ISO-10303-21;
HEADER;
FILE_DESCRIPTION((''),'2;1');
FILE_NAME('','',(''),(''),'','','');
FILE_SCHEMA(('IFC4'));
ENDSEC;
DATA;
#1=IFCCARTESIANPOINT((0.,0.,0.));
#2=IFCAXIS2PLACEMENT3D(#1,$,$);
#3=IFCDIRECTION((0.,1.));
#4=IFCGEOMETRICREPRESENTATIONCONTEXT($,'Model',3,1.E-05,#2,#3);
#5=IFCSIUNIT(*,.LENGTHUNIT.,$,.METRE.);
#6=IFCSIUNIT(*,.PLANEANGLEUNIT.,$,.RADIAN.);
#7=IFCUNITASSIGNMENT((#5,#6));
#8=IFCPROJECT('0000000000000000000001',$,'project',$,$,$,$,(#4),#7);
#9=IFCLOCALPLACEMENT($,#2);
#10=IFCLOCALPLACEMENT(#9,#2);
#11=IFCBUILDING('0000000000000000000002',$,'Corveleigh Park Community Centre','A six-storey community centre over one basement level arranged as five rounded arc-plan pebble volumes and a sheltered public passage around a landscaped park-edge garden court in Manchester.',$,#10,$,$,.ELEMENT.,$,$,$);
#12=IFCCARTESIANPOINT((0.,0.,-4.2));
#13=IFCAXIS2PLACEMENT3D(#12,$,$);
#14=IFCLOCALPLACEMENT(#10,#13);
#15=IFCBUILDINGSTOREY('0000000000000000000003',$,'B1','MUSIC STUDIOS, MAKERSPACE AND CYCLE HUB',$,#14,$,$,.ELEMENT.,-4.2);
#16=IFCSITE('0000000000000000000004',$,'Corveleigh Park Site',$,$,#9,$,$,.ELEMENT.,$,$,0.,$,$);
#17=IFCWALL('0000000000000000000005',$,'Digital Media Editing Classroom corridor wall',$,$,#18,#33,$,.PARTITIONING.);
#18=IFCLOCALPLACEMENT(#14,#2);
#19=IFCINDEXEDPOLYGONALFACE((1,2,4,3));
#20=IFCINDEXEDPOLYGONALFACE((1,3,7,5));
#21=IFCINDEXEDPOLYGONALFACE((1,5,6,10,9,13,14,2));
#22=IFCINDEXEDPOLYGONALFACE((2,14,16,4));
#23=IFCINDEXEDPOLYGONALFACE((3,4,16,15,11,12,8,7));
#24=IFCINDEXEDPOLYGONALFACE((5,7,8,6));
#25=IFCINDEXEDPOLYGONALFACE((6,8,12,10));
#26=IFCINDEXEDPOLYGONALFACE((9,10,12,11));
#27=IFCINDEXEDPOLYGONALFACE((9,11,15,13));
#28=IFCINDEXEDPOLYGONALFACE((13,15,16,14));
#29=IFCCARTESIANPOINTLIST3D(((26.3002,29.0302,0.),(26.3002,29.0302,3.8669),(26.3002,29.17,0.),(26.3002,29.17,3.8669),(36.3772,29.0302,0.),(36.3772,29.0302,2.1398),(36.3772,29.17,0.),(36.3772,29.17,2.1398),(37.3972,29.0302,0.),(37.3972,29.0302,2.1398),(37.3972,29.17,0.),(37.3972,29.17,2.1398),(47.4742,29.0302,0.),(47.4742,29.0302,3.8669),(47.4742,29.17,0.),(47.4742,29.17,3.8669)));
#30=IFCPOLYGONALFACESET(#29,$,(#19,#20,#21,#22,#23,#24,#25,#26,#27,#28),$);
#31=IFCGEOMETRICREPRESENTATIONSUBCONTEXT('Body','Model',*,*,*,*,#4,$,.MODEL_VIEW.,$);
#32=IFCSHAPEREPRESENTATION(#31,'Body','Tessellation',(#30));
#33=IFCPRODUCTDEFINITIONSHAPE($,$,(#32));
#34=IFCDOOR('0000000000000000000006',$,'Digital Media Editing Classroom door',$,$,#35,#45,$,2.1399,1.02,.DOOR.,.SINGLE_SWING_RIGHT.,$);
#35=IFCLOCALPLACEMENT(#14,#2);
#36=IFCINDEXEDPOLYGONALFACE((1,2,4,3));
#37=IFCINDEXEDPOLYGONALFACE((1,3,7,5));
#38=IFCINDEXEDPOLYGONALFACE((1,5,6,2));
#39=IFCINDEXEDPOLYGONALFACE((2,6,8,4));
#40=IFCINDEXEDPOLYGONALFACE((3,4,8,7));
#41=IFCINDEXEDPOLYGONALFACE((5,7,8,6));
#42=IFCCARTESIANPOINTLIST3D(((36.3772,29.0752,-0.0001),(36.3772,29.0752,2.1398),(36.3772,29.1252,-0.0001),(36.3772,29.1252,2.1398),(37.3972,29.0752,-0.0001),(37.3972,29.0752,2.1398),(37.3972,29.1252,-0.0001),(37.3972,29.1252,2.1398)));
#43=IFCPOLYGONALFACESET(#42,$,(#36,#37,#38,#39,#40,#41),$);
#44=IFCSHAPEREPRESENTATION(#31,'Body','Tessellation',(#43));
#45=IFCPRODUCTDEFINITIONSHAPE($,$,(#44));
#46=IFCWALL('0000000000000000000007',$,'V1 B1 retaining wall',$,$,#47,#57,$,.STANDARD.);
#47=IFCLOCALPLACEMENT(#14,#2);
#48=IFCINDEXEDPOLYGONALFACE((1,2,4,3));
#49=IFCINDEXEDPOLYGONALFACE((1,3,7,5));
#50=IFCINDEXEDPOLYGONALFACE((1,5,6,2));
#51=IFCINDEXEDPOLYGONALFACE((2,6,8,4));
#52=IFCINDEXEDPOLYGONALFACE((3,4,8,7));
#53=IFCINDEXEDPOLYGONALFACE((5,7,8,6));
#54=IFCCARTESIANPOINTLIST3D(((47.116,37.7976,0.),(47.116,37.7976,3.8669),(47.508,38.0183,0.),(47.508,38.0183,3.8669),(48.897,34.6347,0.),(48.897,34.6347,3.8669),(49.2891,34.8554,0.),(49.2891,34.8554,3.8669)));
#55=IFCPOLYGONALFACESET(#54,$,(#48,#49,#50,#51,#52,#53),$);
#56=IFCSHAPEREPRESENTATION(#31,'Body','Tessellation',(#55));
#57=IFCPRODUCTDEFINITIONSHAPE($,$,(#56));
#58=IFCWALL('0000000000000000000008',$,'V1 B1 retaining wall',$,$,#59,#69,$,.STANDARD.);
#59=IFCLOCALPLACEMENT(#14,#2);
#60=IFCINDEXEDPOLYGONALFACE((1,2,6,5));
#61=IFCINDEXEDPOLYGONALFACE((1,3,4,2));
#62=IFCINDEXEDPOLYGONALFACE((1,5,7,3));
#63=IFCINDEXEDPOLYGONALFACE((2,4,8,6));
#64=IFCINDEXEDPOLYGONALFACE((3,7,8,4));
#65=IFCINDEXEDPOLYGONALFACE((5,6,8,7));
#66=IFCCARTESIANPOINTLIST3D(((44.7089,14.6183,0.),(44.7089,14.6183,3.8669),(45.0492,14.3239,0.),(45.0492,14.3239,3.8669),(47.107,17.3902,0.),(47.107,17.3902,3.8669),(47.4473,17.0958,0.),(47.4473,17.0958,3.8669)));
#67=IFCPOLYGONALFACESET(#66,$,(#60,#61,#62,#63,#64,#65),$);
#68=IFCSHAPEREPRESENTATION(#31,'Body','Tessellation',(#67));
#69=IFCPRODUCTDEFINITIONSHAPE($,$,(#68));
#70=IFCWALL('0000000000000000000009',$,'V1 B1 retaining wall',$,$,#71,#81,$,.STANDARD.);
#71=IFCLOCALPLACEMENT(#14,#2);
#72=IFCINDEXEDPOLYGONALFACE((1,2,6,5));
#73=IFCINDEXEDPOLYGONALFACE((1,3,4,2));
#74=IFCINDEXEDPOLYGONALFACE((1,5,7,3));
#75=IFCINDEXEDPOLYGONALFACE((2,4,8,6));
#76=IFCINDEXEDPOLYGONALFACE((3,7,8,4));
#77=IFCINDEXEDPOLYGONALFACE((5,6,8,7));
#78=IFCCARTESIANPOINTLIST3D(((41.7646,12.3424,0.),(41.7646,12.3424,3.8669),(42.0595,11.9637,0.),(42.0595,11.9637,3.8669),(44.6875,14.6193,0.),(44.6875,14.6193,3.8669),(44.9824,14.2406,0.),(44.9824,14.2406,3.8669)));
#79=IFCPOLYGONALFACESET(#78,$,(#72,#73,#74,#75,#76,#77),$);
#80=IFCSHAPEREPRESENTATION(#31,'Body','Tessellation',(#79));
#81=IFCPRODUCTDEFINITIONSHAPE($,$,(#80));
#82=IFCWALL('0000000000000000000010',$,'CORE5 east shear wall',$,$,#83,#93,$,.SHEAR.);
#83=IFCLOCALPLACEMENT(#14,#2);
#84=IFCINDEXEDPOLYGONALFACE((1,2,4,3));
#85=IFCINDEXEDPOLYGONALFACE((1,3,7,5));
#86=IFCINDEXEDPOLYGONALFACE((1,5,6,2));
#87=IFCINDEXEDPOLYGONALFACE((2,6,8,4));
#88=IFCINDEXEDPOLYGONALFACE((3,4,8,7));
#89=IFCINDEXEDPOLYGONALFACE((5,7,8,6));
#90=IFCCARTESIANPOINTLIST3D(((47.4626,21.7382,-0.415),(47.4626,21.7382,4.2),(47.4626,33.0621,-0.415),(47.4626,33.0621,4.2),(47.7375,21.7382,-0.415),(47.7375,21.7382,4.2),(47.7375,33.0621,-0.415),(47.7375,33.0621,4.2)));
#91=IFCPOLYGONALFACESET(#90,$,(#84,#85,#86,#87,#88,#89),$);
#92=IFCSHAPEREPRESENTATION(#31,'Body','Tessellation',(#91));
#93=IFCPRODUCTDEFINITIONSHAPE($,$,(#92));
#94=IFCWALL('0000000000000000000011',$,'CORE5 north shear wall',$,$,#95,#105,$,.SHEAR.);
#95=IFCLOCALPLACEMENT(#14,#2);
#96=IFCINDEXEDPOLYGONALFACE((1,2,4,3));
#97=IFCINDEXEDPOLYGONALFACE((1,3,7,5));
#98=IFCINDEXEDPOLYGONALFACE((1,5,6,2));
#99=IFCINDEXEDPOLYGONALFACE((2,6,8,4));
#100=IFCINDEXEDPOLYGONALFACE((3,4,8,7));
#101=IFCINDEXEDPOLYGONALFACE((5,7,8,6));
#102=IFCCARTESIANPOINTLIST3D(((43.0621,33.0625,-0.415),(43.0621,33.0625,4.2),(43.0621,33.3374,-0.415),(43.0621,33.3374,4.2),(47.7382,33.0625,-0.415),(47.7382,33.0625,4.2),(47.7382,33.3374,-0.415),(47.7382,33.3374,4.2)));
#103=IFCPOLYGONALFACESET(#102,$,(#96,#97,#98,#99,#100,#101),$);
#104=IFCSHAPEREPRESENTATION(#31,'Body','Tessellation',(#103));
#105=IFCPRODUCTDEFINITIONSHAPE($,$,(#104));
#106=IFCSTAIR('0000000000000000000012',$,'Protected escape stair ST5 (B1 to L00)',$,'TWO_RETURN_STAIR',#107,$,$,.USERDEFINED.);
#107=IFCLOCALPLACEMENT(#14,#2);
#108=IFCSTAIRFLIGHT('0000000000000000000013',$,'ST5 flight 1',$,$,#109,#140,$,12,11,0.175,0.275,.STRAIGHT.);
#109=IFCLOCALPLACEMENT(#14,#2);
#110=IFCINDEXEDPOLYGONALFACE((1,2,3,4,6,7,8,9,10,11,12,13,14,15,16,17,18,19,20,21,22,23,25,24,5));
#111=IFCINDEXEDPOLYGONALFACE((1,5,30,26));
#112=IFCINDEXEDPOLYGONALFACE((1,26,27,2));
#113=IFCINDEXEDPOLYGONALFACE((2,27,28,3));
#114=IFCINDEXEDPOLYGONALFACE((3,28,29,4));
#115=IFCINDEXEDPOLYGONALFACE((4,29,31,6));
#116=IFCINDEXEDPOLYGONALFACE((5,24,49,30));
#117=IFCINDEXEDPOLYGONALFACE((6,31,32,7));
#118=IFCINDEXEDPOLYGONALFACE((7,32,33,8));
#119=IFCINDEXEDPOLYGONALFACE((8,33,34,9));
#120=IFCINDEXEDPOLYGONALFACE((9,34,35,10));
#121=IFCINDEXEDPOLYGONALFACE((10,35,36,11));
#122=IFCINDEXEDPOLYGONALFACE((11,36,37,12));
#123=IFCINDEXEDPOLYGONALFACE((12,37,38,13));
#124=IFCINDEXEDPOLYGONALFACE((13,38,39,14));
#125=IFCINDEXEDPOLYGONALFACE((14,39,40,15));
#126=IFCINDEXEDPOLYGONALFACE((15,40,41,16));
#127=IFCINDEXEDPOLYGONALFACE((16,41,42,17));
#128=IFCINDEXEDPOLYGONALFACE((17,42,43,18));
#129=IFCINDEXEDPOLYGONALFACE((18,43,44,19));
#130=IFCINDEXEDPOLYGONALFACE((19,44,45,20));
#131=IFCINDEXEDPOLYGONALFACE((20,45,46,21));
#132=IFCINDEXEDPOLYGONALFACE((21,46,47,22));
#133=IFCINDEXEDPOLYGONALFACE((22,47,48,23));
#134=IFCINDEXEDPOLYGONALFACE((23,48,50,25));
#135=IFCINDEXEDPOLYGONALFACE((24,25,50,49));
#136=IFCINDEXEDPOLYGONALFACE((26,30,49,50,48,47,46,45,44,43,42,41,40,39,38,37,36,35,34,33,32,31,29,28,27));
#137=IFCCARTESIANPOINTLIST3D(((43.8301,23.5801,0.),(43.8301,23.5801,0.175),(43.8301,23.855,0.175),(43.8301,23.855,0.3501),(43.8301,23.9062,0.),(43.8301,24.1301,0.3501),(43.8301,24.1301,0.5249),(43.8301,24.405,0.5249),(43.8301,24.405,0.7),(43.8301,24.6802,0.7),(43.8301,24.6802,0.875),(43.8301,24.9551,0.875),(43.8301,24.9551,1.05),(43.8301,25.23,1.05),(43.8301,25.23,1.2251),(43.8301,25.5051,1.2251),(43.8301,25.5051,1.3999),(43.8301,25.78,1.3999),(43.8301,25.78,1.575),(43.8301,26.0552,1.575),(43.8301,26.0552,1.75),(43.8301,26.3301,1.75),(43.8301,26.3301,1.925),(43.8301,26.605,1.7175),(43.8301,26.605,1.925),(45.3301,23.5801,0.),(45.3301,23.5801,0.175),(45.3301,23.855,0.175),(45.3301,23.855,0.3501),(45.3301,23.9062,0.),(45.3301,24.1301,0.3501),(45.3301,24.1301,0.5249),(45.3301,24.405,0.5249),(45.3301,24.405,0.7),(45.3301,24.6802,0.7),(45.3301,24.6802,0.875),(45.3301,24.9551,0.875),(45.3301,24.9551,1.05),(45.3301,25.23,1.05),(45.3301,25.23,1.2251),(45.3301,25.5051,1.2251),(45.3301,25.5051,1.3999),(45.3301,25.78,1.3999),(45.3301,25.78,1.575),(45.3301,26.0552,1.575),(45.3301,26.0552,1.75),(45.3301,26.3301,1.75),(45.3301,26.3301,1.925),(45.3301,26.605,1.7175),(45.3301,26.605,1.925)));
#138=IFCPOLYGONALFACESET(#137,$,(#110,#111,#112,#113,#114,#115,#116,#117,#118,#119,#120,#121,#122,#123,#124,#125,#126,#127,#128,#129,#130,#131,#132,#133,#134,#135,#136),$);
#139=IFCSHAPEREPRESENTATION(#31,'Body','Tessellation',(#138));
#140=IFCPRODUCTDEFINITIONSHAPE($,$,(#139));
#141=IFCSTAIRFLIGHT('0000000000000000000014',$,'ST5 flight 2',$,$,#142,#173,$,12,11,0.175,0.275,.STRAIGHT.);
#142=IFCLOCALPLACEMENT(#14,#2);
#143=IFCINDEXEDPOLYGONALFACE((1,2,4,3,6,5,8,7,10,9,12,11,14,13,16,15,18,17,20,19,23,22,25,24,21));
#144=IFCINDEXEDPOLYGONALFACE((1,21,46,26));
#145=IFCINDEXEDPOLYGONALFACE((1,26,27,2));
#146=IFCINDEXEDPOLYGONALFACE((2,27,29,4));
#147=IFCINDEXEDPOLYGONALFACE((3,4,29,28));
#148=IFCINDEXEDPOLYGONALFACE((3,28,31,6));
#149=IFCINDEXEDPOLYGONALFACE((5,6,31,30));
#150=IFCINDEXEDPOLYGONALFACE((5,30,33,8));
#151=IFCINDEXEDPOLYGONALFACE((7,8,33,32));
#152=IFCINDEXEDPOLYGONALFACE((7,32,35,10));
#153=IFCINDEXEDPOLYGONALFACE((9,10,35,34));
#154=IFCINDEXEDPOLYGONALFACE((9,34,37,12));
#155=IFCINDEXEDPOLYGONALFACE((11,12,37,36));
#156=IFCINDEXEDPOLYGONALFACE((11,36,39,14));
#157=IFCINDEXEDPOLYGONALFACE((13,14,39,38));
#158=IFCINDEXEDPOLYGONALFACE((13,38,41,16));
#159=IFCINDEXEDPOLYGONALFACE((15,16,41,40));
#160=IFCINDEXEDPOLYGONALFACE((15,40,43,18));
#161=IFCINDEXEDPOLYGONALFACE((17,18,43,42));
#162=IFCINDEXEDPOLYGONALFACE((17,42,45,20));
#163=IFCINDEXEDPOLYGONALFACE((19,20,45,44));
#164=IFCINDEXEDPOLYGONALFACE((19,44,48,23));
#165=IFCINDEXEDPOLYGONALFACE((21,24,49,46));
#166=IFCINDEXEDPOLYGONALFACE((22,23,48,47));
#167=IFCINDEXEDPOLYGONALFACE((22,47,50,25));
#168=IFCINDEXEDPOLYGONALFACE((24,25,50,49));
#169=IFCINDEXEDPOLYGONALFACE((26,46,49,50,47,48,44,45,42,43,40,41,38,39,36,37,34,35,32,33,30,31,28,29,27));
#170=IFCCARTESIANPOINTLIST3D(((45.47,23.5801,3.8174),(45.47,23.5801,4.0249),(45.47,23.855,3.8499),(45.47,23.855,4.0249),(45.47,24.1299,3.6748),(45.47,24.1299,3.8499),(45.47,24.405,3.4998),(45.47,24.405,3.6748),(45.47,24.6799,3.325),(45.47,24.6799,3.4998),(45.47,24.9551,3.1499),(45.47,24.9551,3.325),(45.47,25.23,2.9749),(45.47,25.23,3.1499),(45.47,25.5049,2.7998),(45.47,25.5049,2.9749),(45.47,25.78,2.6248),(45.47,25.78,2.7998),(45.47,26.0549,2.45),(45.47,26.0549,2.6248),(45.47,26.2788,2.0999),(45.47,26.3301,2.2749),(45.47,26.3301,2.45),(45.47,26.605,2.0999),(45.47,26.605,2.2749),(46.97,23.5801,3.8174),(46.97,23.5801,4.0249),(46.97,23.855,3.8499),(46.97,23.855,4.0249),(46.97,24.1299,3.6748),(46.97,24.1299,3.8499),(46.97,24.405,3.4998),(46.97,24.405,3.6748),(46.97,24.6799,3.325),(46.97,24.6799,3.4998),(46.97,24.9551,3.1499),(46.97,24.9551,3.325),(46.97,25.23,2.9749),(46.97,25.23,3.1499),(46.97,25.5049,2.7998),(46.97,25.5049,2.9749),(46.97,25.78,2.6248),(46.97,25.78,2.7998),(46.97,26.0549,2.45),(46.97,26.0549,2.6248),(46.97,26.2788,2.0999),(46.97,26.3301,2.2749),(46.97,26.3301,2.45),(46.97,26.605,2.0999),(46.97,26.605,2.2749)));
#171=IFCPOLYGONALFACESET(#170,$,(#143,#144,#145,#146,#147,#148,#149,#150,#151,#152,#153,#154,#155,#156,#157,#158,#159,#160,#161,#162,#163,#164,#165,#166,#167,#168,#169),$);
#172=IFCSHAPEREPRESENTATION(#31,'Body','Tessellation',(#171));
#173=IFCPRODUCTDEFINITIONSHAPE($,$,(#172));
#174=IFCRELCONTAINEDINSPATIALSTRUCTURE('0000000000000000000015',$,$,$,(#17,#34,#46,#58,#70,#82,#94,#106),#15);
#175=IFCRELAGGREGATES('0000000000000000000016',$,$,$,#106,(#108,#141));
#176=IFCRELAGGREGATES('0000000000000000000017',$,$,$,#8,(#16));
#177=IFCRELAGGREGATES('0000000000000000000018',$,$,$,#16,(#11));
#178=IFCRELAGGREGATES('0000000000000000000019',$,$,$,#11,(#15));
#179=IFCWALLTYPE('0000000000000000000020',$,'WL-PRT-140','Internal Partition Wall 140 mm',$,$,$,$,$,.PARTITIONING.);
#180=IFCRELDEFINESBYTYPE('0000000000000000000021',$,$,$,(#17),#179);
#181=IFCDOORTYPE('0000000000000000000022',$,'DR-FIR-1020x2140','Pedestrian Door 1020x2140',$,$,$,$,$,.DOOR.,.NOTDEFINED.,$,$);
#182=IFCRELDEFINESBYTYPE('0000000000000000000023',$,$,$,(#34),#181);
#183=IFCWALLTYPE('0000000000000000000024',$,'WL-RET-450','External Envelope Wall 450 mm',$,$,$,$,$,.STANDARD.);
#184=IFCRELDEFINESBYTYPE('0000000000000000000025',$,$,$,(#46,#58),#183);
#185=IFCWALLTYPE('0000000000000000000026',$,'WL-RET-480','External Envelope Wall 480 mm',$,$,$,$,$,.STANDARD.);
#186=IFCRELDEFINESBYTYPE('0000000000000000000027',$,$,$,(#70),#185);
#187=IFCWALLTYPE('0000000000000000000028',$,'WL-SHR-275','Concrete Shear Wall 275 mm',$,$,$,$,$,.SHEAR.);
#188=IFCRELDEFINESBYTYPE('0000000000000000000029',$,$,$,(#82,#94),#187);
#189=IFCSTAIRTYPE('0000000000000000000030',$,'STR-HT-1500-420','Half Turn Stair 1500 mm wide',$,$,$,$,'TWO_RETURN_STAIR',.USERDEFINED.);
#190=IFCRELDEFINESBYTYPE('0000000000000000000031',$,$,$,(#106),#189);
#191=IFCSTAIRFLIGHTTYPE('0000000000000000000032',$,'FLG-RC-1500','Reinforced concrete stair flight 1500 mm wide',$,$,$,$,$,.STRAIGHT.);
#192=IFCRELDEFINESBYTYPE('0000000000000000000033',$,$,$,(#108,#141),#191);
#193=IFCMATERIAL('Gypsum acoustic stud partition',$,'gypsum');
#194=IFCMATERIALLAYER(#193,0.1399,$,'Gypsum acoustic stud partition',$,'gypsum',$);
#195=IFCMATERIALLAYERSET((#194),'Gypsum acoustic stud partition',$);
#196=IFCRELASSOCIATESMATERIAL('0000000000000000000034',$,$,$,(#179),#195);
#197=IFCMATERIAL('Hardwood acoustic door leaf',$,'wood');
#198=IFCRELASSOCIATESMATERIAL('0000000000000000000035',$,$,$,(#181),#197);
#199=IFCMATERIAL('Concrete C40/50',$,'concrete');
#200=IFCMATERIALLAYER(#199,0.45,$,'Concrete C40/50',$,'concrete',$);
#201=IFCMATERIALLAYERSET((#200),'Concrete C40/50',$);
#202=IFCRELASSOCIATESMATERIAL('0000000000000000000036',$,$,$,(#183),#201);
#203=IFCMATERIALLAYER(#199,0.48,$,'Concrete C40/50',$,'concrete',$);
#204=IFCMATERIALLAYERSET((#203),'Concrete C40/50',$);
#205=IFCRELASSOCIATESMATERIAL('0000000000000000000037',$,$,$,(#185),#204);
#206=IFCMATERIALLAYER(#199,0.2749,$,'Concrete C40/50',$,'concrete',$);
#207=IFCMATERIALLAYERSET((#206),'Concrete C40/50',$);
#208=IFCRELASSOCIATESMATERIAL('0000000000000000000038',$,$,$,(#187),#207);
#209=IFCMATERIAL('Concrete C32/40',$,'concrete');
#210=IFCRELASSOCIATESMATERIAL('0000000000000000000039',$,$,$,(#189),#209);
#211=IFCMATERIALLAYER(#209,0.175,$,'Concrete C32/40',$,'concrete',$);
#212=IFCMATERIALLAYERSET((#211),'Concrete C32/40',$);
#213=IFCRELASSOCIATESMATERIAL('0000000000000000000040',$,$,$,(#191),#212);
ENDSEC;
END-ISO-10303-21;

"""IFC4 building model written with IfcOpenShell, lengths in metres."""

from ifc_helpers import new_model, si_unit, direction, frame, frame_2d, origin, place, context, subcontext, project, spatial, polyline, rectangle, outline, extrude, material, layer, layer_set, type_object, element, fill, aggregate, save


model = new_model("IFC4")

# Units and contexts
model_context = context("Model", 3, precision=1e-05, world=origin(), true_north=direction((0.0, 1.0)))
body_context = subcontext(model_context, "Body", "Model", "MODEL_VIEW")
ifc_project = project(units=[si_unit("LENGTHUNIT", "METRE"), si_unit("PLANEANGLEUNIT", "RADIAN")], contexts=[model_context])

# Site, building, storey
site_placement = place(None, origin())
site = spatial("IfcSite", under=ifc_project, at=site_placement, Name="Corveleigh Park Site", CompositionType="ELEMENT", RefElevation=0.0)
building_placement = place(site_placement, origin())
building = spatial("IfcBuilding", under=site, at=building_placement, Name="Corveleigh Park Community Centre", Description="A six-storey community centre over one basement level arranged as five rounded arc-plan pebble volumes and a sheltered public passage around a landscaped park-edge garden court in Manchester.", CompositionType="ELEMENT")
storey_placement = place(building_placement, frame((0.0, 0.0, -4.2)))
storey = spatial("IfcBuildingStorey", under=building, at=storey_placement, Name="B1", Description="MUSIC STUDIOS, MAKERSPACE AND CYCLE HUB", CompositionType="ELEMENT", Elevation=-4.2)

# Shared definitions
ifc_material_1 = material(Name="Concrete C40/50", Category="concrete")

# Shared definitions
ifc_material_2 = material(Name="Concrete C32/40", Category="concrete")

# Wall, opening, door
ifc_material_3 = material(Name="Gypsum acoustic stud partition", Category="gypsum")
ifc_layer_1 = layer(ifc_material_3, 0.1399, Name="Gypsum acoustic stud partition", Category="gypsum")
ifc_layer_set_1 = layer_set([ifc_layer_1], Name="Gypsum acoustic stud partition")
wall_type_1 = type_object("IfcWallType", Name="WL-PRT-140", Description="Internal Partition Wall 140 mm", PredefinedType="PARTITIONING", material=ifc_layer_set_1)
wall_1_placement = place(storey_placement, frame((47.4741, 29.1001, 0.0), z_axis=(0.0, 0.0, 1.0), x_axis=(-1.0, 0.0, 0.0)))
wall_1 = element("IfcWall", 1, at=wall_1_placement, inside=storey, type_object=wall_type_1, Name="Digital Media Editing Classroom corridor wall", PredefinedType="PARTITIONING", context=body_context, shape_type="SweptSolid", body=[
    extrude(rectangle(XDim=21.1741, YDim=0.1399, at=frame_2d((10.5869, 0.0))), origin(), (0.0, 0.0, 1.0), 3.8669),
])
opening_placement = place(wall_1_placement, frame((10.0769, 0.0, 0.0)))
opening = element("IfcOpeningElement", 2, at=opening_placement, cuts=wall_1, PredefinedType="OPENING", context=body_context, shape_type="SweptSolid", body=[
    extrude(rectangle(XDim=1.02, YDim=2.1399, at=frame_2d((0.51, 1.0698))), frame((0.0, 0.0798, 0.0), z_axis=(0.0, -1.0, 0.0), x_axis=(1.0, 0.0, 0.0)), (0.0, 0.0, 1.0), 0.1599),
])
ifc_material_4 = material(Name="Hardwood acoustic door leaf", Category="wood")
door_type = type_object("IfcDoorType", Name="DR-FIR-1020x2140", Description="Pedestrian Door 1020x2140", OperationType="NOTDEFINED", PredefinedType="DOOR", material=ifc_material_4)
door_placement = place(opening_placement, origin())
door = element("IfcDoor", 3, at=door_placement, inside=storey, type_object=door_type, Name="Digital Media Editing Classroom door", OperationType="SINGLE_SWING_RIGHT", OverallHeight=2.1399, OverallWidth=1.02, PredefinedType="DOOR", context=body_context, shape_type="SweptSolid", body=[
    extrude(rectangle(XDim=1.02, YDim=2.1399, at=frame_2d((0.51, 1.0698))), frame((0.0, 0.0249, 0.0), z_axis=(0.0, -1.0, 0.0), x_axis=(1.0, 0.0, 0.0)), (0.0, 0.0, 1.0), 0.05),
])
fill(opening, door)

# Walls
ifc_layer_2 = layer(ifc_material_1, 0.45, Name="Concrete C40/50", Category="concrete")
ifc_layer_set_2 = layer_set([ifc_layer_2], Name="Concrete C40/50")
wall_type_2 = type_object("IfcWallType", Name="WL-RET-450", Description="External Envelope Wall 450 mm", PredefinedType="STANDARD", material=ifc_layer_set_2)
wall_2_placement = place(storey_placement, frame((47.312, 37.908, 0.0), z_axis=(0.0, 0.0, 1.0), x_axis=(0.49066, -0.871351, 0.0)))
element("IfcWall", 4, at=wall_2_placement, inside=storey, type_object=wall_type_2, Name="V1 B1 retaining wall", PredefinedType="STANDARD", context=body_context, shape_type="SweptSolid", body=[
    extrude(rectangle(XDim=3.6299, YDim=0.45, at=frame_2d((1.8149, 0.0))), origin(), (0.0, 0.0, 1.0), 3.8669),
])
wall_3_placement = place(storey_placement, frame((47.2771, 17.2429, 0.0), z_axis=(0.0, 0.0, 1.0), x_axis=(-0.654279, -0.756254, 0.0)))
element("IfcWall", 5, at=wall_3_placement, inside=storey, type_object=wall_type_2, Name="V1 B1 retaining wall", PredefinedType="STANDARD", context=body_context, shape_type="SweptSolid", body=[
    extrude(rectangle(XDim=3.6653, YDim=0.45, at=frame_2d((1.8325, 0.0))), origin(), (0.0, 0.0, 1.0), 3.8669),
])
ifc_layer_3 = layer(ifc_material_1, 0.48, Name="Concrete C40/50", Category="concrete")
ifc_layer_set_3 = layer_set([ifc_layer_3], Name="Concrete C40/50")
wall_type_3 = type_object("IfcWallType", Name="WL-RET-480", Description="External Envelope Wall 480 mm", PredefinedType="STANDARD", material=ifc_layer_set_3)
wall_4_placement = place(storey_placement, frame((44.835, 14.4299, 0.0), z_axis=(0.0, 0.0, 1.0), x_axis=(-0.788891, -0.614533, 0.0)))
element("IfcWall", 6, at=wall_4_placement, inside=storey, type_object=wall_type_3, Name="V1 B1 retaining wall", PredefinedType="STANDARD", context=body_context, shape_type="SweptSolid", body=[
    extrude(rectangle(XDim=3.7051, YDim=0.48, at=frame_2d((1.8525, 0.0))), origin(), (0.0, 0.0, 1.0), 3.8669),
])
ifc_layer_4 = layer(ifc_material_1, 0.2749, Name="Concrete C40/50", Category="concrete")
ifc_layer_set_4 = layer_set([ifc_layer_4], Name="Concrete C40/50")
wall_type_4 = type_object("IfcWallType", Name="WL-SHR-275", Description="Concrete Shear Wall 275 mm", PredefinedType="SHEAR", material=ifc_layer_set_4)
wall_5_placement = place(storey_placement, frame((47.6001, 21.738, -0.415), z_axis=(0.0, 0.0, 1.0), x_axis=(0.0, 1.0, 0.0)))
element("IfcWall", 7, at=wall_5_placement, inside=storey, type_object=wall_type_4, Name="CORE5 east shear wall", PredefinedType="SHEAR", context=body_context, shape_type="SweptSolid", body=[
    extrude(rectangle(XDim=11.324, YDim=0.2749, at=frame_2d((5.6621, 0.0))), origin(), (0.0, 0.0, 1.0), 4.615),
])
wall_6_placement = place(storey_placement, frame((47.738, 33.2, -0.415), z_axis=(0.0, 0.0, 1.0), x_axis=(-1.0, 0.0, 0.0)))
element("IfcWall", 8, at=wall_6_placement, inside=storey, type_object=wall_type_4, Name="CORE5 north shear wall", PredefinedType="SHEAR", context=body_context, shape_type="SweptSolid", body=[
    extrude(rectangle(XDim=4.676, YDim=0.2749, at=frame_2d((2.3379, 0.0))), origin(), (0.0, 0.0, 1.0), 4.615),
])

# Stair, stair flights
stair_type = type_object("IfcStairType", Name="STR-HT-1500-420", Description="Half Turn Stair 1500 mm wide", ElementType="TWO_RETURN_STAIR", PredefinedType="USERDEFINED", material=ifc_material_2)
stair_placement = place(storey_placement, origin())
stair = element("IfcStair", 9, at=stair_placement, inside=storey, type_object=stair_type, Name="Protected escape stair ST5 (B1 to L00)", ObjectType="TWO_RETURN_STAIR", PredefinedType="USERDEFINED")
ifc_layer_5 = layer(ifc_material_2, 0.175, Name="Concrete C32/40", Category="concrete")
ifc_layer_set_5 = layer_set([ifc_layer_5], Name="Concrete C32/40")
stair_flight_type = type_object("IfcStairFlightType", Name="FLG-RC-1500", Description="Reinforced concrete stair flight 1500 mm wide", PredefinedType="STRAIGHT", material=ifc_layer_set_5)
stair_flight_1_placement = place(storey_placement, frame((44.5801, 23.5801, 0.0), z_axis=(0.0, 0.0, 1.0), x_axis=(0.0, 1.0, 0.0)))
stair_flight_1 = element("IfcStairFlight", 10, at=stair_flight_1_placement, type_object=stair_flight_type, Name="ST5 flight 1", NumberOfRisers=12, NumberOfTreads=11, PredefinedType="STRAIGHT", RiserHeight=0.175, TreadLength=0.275, context=body_context, shape_type="SweptSolid", body=[
    extrude(outline(polyline([(0.0, 0.0), (0.0, 0.175), (0.2749, 0.175), (0.2749, 0.3501), (0.55, 0.3501), (0.55, 0.5249), (0.825, 0.5249), (0.825, 0.7), (1.1001, 0.7), (1.1001, 0.875), (1.375, 0.875), (1.375, 1.05), (1.6499, 1.05), (1.6499, 1.2251), (1.925, 1.2251), (1.925, 1.3999), (2.2, 1.3999), (2.2, 1.575), (2.4751, 1.575), (2.4751, 1.75), (2.75, 1.75), (2.75, 1.925), (3.0249, 1.925), (3.0249, 2.1001), (3.0249, 1.7175), (0.3262, 0.0), (0.0, 0.0)])), frame((0.0, 0.75, 0.0), z_axis=(0.0, -1.0, 0.0), x_axis=(1.0, 0.0, 0.0)), (0.0, 0.0, 1.0), 1.5),
])
stair_flight_2_placement = place(storey_placement, frame((46.22, 26.605, 2.0999), z_axis=(0.0, 0.0, 1.0), x_axis=(0.0, -1.0, 0.0)))
stair_flight_2 = element("IfcStairFlight", 11, at=stair_flight_2_placement, type_object=stair_flight_type, Name="ST5 flight 2", NumberOfRisers=12, NumberOfTreads=11, PredefinedType="STRAIGHT", RiserHeight=0.175, TreadLength=0.275, context=body_context, shape_type="SweptSolid", body=[
    extrude(outline(polyline([(0.0, 0.0), (0.0, 0.175), (0.2749, 0.175), (0.2749, 0.3501), (0.55, 0.3501), (0.55, 0.5249), (0.825, 0.5249), (0.825, 0.7), (1.1001, 0.7), (1.1001, 0.875), (1.375, 0.875), (1.375, 1.05), (1.6499, 1.05), (1.6499, 1.2251), (1.925, 1.2251), (1.925, 1.3999), (2.2, 1.3999), (2.2, 1.575), (2.4751, 1.575), (2.4751, 1.75), (2.75, 1.75), (2.75, 1.925), (3.0249, 1.925), (3.0249, 2.1001), (3.0249, 1.7175), (0.3262, 0.0), (0.0, 0.0)])), frame((0.0, 0.75, 0.0), z_axis=(0.0, -1.0, 0.0), x_axis=(1.0, 0.0, 0.0)), (0.0, 0.0, 1.0), 1.5),
])
aggregate(stair, [stair_flight_1, stair_flight_2])

save(model, "model.ifc")
